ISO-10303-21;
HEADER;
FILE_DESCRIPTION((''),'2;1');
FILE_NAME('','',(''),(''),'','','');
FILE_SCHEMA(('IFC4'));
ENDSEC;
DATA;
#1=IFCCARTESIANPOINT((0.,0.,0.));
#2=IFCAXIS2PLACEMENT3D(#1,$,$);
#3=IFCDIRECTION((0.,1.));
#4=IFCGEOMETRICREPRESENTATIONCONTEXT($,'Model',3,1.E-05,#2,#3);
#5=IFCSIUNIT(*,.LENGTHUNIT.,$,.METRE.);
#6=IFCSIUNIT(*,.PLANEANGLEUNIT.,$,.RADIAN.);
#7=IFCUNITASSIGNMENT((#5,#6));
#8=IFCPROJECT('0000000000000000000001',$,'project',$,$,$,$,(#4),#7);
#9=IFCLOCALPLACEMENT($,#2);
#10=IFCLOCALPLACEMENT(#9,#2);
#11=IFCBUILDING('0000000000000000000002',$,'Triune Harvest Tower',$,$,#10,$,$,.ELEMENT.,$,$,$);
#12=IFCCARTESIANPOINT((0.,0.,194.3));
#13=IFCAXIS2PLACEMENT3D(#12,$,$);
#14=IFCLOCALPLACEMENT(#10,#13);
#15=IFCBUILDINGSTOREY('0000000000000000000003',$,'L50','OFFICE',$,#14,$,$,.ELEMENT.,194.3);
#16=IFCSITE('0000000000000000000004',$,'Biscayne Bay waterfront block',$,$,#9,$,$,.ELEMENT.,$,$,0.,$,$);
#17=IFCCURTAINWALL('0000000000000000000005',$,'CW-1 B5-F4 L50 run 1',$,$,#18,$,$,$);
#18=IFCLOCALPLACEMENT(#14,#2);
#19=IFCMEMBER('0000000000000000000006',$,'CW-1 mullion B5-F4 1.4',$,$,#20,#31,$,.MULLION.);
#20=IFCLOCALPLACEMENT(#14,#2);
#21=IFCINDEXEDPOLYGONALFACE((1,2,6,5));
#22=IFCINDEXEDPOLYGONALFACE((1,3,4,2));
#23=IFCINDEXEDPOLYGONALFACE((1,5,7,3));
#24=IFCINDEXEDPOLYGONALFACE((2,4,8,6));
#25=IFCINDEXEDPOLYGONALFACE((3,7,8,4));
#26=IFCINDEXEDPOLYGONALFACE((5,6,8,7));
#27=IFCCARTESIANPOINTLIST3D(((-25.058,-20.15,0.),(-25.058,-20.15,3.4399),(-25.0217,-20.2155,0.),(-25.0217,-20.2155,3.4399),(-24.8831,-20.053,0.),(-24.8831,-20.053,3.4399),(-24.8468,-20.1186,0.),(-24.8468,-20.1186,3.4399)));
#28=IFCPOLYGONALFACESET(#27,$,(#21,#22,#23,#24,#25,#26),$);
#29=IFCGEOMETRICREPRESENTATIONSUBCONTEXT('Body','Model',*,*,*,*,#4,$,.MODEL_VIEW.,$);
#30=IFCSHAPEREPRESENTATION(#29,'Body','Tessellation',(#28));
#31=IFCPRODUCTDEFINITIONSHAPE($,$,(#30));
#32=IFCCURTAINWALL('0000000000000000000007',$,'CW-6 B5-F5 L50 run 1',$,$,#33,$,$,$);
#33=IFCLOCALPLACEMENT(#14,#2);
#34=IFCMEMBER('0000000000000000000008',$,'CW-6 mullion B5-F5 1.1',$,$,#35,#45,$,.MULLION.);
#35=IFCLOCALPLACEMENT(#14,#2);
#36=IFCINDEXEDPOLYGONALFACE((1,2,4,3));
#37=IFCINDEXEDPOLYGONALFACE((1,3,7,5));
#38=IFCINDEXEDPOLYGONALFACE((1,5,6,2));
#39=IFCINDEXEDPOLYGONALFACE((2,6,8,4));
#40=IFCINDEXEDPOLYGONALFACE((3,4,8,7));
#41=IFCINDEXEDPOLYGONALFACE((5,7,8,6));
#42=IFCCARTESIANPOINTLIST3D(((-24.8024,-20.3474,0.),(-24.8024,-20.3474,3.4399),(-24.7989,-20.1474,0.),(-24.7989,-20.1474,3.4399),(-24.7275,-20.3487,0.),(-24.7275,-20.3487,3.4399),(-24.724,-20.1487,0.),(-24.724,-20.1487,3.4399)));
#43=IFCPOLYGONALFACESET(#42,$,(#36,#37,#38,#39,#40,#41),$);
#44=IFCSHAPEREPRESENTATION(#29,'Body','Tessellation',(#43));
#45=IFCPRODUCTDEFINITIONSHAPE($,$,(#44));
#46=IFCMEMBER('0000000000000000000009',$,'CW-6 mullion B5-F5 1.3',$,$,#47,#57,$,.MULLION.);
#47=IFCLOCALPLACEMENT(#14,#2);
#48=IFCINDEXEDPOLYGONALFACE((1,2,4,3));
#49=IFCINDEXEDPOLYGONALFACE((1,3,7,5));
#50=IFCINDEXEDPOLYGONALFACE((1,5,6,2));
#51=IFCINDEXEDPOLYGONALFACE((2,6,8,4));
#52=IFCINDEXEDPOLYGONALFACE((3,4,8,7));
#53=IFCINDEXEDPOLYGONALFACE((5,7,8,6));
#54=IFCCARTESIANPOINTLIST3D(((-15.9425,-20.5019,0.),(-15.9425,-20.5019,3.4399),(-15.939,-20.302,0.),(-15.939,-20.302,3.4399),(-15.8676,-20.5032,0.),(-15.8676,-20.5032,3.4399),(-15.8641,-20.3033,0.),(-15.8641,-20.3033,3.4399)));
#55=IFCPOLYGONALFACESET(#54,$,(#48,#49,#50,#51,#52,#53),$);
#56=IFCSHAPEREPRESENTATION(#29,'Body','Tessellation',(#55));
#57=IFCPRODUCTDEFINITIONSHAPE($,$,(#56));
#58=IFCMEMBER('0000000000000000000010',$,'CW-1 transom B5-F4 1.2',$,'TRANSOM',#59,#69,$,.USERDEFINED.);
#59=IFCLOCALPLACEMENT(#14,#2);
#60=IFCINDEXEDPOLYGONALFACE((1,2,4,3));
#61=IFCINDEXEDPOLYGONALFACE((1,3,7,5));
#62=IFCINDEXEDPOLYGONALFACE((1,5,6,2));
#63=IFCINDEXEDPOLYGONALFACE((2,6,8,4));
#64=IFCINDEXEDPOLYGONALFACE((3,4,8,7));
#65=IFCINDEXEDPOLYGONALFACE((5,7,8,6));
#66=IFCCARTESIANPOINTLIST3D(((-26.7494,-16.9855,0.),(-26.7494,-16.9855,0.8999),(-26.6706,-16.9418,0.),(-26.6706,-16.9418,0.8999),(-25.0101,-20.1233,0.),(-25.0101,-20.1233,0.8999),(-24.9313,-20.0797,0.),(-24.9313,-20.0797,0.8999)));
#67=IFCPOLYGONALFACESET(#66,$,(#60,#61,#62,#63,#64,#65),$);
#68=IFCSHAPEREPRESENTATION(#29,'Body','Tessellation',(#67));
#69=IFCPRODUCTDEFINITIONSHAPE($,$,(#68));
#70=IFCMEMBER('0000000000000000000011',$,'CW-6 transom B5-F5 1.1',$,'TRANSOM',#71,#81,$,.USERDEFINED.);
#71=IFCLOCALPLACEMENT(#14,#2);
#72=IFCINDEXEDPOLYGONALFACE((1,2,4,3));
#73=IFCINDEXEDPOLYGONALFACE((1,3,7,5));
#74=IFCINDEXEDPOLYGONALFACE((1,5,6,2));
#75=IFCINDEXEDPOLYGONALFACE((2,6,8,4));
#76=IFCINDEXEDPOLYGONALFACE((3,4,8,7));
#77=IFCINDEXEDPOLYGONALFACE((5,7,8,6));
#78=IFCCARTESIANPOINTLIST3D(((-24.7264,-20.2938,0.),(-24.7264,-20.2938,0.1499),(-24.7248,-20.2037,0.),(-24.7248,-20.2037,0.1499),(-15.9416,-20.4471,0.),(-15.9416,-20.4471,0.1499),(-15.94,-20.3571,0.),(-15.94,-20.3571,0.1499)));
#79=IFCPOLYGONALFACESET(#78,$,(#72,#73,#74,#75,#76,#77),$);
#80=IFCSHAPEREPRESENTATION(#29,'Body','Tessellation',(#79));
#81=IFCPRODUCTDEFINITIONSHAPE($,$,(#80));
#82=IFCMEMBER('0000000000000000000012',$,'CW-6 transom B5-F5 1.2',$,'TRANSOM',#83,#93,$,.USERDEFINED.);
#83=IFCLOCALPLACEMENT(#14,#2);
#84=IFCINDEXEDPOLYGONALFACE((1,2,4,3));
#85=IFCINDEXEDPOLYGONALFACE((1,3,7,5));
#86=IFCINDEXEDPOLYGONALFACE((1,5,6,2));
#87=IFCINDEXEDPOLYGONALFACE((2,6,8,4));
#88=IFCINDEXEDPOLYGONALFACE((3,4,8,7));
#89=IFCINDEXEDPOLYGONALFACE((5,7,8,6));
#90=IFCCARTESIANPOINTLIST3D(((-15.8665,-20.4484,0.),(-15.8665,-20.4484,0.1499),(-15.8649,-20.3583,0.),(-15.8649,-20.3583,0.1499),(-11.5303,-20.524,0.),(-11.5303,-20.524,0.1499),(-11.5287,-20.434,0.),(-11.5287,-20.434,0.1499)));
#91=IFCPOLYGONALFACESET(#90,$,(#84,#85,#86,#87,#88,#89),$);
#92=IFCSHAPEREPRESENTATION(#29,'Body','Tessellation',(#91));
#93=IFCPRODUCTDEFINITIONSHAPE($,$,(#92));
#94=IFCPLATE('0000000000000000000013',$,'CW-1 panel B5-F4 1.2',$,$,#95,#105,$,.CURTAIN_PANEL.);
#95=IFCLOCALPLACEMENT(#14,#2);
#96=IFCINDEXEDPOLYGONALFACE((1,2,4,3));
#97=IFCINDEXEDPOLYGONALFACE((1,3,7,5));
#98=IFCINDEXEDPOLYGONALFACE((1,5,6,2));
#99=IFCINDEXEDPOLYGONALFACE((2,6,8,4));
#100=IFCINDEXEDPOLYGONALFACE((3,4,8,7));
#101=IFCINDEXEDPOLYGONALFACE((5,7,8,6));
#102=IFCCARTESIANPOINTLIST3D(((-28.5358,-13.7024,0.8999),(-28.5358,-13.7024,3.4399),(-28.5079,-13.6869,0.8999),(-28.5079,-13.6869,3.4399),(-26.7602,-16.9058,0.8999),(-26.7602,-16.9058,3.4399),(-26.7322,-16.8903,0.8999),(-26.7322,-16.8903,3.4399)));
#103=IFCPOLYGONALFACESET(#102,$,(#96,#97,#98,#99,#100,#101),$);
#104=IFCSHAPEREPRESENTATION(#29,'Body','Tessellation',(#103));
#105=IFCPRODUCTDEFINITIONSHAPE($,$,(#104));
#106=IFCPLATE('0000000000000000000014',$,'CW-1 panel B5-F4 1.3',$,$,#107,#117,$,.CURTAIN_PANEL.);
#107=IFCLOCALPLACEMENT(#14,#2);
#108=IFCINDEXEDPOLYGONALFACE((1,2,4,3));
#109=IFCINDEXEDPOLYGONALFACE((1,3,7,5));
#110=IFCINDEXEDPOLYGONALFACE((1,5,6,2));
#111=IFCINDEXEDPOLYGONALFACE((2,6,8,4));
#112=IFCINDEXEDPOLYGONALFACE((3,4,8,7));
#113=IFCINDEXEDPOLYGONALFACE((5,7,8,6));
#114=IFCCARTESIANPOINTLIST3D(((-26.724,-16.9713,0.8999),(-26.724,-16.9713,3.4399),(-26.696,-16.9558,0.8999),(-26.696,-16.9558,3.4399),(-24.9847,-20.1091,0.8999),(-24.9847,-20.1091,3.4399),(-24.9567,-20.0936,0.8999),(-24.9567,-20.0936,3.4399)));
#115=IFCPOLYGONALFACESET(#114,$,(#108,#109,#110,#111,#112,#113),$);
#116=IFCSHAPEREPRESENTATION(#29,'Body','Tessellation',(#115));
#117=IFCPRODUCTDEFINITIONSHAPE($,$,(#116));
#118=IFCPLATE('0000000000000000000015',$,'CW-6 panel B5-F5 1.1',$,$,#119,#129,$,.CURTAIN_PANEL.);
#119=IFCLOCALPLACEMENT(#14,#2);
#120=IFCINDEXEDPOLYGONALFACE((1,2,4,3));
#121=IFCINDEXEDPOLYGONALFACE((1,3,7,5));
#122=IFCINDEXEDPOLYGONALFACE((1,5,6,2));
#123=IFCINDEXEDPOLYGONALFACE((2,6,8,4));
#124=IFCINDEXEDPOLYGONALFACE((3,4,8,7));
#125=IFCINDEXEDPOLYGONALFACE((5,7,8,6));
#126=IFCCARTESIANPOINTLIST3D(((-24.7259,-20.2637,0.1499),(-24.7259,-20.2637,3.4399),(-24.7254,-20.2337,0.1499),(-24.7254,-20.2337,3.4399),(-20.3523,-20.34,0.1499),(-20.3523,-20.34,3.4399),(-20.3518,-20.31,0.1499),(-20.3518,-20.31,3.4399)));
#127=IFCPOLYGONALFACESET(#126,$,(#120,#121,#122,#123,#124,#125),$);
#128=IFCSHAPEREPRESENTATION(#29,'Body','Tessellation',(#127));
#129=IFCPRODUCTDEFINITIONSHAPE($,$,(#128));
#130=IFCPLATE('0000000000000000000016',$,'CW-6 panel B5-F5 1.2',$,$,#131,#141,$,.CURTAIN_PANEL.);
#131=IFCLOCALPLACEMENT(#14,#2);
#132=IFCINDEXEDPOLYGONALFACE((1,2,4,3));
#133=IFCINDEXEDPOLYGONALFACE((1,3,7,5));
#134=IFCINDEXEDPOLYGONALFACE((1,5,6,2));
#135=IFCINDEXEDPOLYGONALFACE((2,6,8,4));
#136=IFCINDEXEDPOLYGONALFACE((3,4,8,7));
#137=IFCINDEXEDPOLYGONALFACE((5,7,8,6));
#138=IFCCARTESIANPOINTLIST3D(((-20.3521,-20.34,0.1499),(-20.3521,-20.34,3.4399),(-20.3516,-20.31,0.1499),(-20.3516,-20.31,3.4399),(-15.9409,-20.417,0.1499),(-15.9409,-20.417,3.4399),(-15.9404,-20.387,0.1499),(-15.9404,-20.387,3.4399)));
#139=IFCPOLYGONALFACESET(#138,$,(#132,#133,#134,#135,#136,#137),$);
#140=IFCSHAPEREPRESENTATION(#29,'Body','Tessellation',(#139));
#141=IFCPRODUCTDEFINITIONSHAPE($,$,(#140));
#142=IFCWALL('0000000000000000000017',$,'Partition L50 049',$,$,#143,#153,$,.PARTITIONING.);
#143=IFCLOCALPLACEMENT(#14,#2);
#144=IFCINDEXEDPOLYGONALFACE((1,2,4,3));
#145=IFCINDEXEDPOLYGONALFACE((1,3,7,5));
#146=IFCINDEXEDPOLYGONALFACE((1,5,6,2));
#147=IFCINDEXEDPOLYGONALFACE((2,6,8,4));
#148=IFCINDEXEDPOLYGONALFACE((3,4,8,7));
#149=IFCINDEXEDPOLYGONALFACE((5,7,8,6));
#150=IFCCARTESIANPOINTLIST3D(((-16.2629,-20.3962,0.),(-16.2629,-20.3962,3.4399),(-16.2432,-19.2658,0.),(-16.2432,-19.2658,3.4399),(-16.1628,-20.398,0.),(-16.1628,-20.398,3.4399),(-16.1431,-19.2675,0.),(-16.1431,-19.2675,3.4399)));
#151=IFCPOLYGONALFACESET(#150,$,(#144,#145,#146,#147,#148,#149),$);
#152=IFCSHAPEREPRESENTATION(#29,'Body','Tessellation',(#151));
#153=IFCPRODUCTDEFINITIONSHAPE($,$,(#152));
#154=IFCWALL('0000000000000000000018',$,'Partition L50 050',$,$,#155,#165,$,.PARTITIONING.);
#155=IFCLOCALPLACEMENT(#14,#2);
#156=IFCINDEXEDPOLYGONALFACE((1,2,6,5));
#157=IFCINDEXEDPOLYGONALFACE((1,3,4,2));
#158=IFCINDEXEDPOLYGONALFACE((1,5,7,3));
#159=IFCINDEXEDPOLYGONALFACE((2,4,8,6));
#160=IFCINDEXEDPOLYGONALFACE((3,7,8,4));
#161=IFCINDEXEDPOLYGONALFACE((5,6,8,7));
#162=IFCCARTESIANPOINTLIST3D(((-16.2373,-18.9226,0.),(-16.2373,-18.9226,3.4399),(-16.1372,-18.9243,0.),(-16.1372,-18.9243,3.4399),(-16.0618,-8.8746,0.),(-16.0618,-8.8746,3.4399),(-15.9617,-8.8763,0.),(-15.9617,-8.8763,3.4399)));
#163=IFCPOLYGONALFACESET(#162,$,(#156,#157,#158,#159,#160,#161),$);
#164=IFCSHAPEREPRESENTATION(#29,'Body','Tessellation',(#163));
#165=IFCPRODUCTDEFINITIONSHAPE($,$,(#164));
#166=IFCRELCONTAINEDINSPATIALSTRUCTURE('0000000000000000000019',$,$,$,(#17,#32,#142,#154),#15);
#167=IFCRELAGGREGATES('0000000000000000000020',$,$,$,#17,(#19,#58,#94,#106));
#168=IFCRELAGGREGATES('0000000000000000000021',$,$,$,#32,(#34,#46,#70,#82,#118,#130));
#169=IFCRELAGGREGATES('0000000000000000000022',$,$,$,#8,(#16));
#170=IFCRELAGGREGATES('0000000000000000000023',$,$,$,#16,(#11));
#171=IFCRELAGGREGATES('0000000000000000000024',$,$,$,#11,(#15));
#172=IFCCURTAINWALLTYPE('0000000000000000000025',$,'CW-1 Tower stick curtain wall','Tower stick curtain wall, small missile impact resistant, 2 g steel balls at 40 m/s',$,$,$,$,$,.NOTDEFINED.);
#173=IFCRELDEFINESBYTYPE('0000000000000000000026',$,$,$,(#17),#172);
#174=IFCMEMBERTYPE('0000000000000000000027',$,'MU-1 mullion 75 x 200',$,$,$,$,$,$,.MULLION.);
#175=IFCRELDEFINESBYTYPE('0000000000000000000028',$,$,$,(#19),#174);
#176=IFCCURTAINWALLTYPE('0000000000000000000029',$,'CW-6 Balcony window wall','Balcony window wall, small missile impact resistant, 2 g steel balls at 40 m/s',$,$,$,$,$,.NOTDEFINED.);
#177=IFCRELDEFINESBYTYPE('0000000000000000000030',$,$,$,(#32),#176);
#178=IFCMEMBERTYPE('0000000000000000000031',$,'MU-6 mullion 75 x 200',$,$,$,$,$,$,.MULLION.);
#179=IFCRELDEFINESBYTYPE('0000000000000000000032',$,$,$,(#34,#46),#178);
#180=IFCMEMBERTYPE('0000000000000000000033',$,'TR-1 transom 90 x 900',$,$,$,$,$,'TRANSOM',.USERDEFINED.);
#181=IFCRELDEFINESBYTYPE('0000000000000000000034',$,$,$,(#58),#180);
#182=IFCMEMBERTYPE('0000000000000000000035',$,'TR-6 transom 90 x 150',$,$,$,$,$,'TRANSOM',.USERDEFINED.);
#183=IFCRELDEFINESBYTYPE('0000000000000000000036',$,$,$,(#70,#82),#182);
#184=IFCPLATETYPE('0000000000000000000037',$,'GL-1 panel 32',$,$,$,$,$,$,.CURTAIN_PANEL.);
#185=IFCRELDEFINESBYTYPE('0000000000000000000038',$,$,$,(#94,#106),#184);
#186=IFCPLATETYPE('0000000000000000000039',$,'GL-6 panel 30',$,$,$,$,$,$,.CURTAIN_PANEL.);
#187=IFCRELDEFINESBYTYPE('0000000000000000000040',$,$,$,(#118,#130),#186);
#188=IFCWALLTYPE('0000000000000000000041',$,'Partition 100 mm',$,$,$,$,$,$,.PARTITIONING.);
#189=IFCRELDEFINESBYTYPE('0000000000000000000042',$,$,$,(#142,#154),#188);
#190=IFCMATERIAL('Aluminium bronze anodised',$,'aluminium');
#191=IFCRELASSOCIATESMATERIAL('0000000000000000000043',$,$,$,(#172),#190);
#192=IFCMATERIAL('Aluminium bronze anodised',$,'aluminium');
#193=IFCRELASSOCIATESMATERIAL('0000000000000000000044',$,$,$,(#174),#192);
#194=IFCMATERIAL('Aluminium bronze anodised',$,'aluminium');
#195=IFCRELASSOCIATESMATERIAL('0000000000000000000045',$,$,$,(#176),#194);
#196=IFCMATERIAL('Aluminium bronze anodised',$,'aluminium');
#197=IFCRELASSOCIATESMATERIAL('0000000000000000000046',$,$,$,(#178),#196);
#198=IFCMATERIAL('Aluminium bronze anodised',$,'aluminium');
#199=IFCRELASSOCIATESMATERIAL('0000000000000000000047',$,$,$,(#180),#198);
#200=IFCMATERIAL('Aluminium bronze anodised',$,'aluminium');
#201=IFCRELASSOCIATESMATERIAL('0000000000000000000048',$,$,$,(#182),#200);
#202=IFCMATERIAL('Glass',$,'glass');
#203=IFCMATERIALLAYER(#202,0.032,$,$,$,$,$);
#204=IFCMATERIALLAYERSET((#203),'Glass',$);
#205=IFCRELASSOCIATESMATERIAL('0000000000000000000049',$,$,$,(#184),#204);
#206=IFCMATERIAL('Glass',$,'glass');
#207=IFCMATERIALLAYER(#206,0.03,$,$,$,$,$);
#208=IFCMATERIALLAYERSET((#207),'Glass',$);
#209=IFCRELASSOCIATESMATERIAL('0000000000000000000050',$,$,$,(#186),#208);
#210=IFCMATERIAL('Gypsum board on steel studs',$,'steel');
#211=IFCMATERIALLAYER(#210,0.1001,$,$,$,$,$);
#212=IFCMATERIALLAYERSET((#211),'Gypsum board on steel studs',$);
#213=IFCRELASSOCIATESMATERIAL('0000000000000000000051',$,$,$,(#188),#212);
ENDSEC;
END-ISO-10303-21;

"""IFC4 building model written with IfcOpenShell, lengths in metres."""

from ifc_helpers import new_model, si_unit, direction, frame, frame_2d, origin, origin_2d, place, context, subcontext, project, spatial, rectangle, extrude, source, transform, mapped, material, layer, layer_set, material_profile, profile_set, type_object, element, aggregate, save


model = new_model("IFC4")

# Units and contexts
model_context = context("Model", 3, precision=1e-05, world=origin(), true_north=direction((0.0, 1.0)))
body_context = subcontext(model_context, "Body", "Model", "MODEL_VIEW")
ifc_project = project(units=[si_unit("LENGTHUNIT", "METRE"), si_unit("PLANEANGLEUNIT", "RADIAN")], contexts=[model_context])

# Site, building, storey
site_placement = place(None, origin())
site = spatial("IfcSite", under=ifc_project, at=site_placement, Name="Biscayne Bay waterfront block", CompositionType="ELEMENT", RefElevation=0.0)
building_placement = place(site_placement, origin())
building = spatial("IfcBuilding", under=site, at=building_placement, Name="Triune Harvest Tower", CompositionType="ELEMENT")
storey_placement = place(building_placement, frame((0.0, 0.0, 194.3)))
storey = spatial("IfcBuildingStorey", under=building, at=storey_placement, Name="L50", Description="OFFICE", CompositionType="ELEMENT", Elevation=194.3)

# Curtain walls, members
ifc_material_1 = material(Name="Aluminium bronze anodised", Category="aluminium")
curtain_wall_type_1 = type_object("IfcCurtainWallType", Name="CW-1 Tower stick curtain wall", Description="Tower stick curtain wall, small missile impact resistant, 2 g steel balls at 40 m/s", PredefinedType="NOTDEFINED", material=ifc_material_1)
curtain_wall_1_placement = place(storey_placement, origin())
curtain_wall_1 = element("IfcCurtainWall", 1, at=curtain_wall_1_placement, inside=storey, type_object=curtain_wall_type_1, Name="CW-1 B5-F4 L50 run 1")
ifc_material_2 = material(Name="Aluminium bronze anodised", Category="aluminium")
ifc_material_profile_1 = material_profile(ifc_material_2, rectangle(XDim=0.2, YDim=0.075, at=origin_2d()), Name="MU-1 mullion 75 x 200")
ifc_profile_set_1 = profile_set([ifc_material_profile_1], Name="Aluminium bronze anodised")
member_type_1 = type_object("IfcMemberType", Name="MU-1 mullion 75 x 200", PredefinedType="MULLION", material=ifc_profile_set_1)
shared_shape_1 = source(origin(), body_context, "Body", "SweptSolid", [
    extrude(rectangle(XDim=0.2, YDim=0.075, at=origin_2d()), origin(), (0.0, 0.0, 1.0), 3.4399),
])
member_1_placement = place(storey_placement, frame((-24.9524, -20.1343, 0.0), z_axis=(0.0, 0.0, 1.0), x_axis=(0.874624, 0.484802, 0.0)))
member_1 = element("IfcMember", 2, at=member_1_placement, type_object=member_type_1, Name="CW-1 mullion B5-F4 1.4", PredefinedType="MULLION", context=body_context, shape_type="MappedRepresentation", body=[
    mapped(shared_shape_1, transform((0.0, 0.0, 0.0), scale=1.0)),
])
ifc_material_3 = material(Name="Aluminium bronze anodised", Category="aluminium")
curtain_wall_type_2 = type_object("IfcCurtainWallType", Name="CW-6 Balcony window wall", Description="Balcony window wall, small missile impact resistant, 2 g steel balls at 40 m/s", PredefinedType="NOTDEFINED", material=ifc_material_3)
curtain_wall_2_placement = place(storey_placement, origin())
curtain_wall_2 = element("IfcCurtainWall", 3, at=curtain_wall_2_placement, inside=storey, type_object=curtain_wall_type_2, Name="CW-6 B5-F5 L50 run 1")
ifc_material_4 = material(Name="Aluminium bronze anodised", Category="aluminium")
ifc_material_profile_2 = material_profile(ifc_material_4, rectangle(XDim=0.2, YDim=0.075, at=origin_2d()), Name="MU-6 mullion 75 x 200")
ifc_profile_set_2 = profile_set([ifc_material_profile_2], Name="Aluminium bronze anodised")
member_type_2 = type_object("IfcMemberType", Name="MU-6 mullion 75 x 200", PredefinedType="MULLION", material=ifc_profile_set_2)
shared_shape_2 = source(origin(), body_context, "Body", "SweptSolid", [
    extrude(rectangle(XDim=0.2, YDim=0.075, at=origin_2d()), origin(), (0.0, 0.0, 1.0), 3.4399),
])
member_2_placement = place(storey_placement, frame((-24.7632, -20.248, 0.0), z_axis=(0.0, 0.0, 1.0), x_axis=(0.01745, 0.999848, 0.0)))
member_2 = element("IfcMember", 4, at=member_2_placement, type_object=member_type_2, Name="CW-6 mullion B5-F5 1.1", PredefinedType="MULLION", context=body_context, shape_type="MappedRepresentation", body=[
    mapped(shared_shape_2, transform((0.0, 0.0, 0.0), scale=1.0)),
])
member_3_placement = place(storey_placement, frame((-15.9033, -20.4026, 0.0), z_axis=(0.0, 0.0, 1.0), x_axis=(0.01745, 0.999848, 0.0)))
member_3 = element("IfcMember", 5, at=member_3_placement, type_object=member_type_2, Name="CW-6 mullion B5-F5 1.3", PredefinedType="MULLION", context=body_context, shape_type="MappedRepresentation", body=[
    mapped(shared_shape_2, transform((0.0, 0.0, 0.0), scale=1.0)),
])

# Members
ifc_material_5 = material(Name="Aluminium bronze anodised", Category="aluminium")
ifc_material_profile_3 = material_profile(ifc_material_5, rectangle(XDim=0.0901, YDim=0.8999, at=origin_2d()), Name="TR-1 transom 90 x 900")
ifc_profile_set_3 = profile_set([ifc_material_profile_3], Name="Aluminium bronze anodised")
member_type_3 = type_object("IfcMemberType", Name="TR-1 transom 90 x 900", ElementType="TRANSOM", PredefinedType="USERDEFINED", material=ifc_profile_set_3)
shared_shape_3 = source(origin(), body_context, "Body", "SweptSolid", [
    extrude(rectangle(XDim=0.0901, YDim=0.8999, at=origin_2d()), origin(), (0.0, 0.0, 1.0), 3.5876),
])
member_4_placement = place(storey_placement, frame((-26.71, -16.9636, 0.45), z_axis=(0.484782, -0.874635, 0.0), x_axis=(0.874635, 0.484782, 0.0)))
member_4 = element("IfcMember", 6, at=member_4_placement, type_object=member_type_3, Name="CW-1 transom B5-F4 1.2", ObjectType="TRANSOM", PredefinedType="USERDEFINED", context=body_context, shape_type="MappedRepresentation", body=[
    mapped(shared_shape_3, transform((0.0, 0.0, 0.0), scale=1.0)),
])
ifc_material_6 = material(Name="Aluminium bronze anodised", Category="aluminium")
ifc_material_profile_4 = material_profile(ifc_material_6, rectangle(XDim=0.0901, YDim=0.1499, at=origin_2d()), Name="TR-6 transom 90 x 150")
ifc_profile_set_4 = profile_set([ifc_material_profile_4], Name="Aluminium bronze anodised")
member_type_4 = type_object("IfcMemberType", Name="TR-6 transom 90 x 150", ElementType="TRANSOM", PredefinedType="USERDEFINED", material=ifc_profile_set_4)
shared_shape_4 = source(origin(), body_context, "Body", "SweptSolid", [
    extrude(rectangle(XDim=0.0901, YDim=0.1499, at=origin_2d()), origin(), (0.0, 0.0, 1.0), 8.7861),
])
member_5_placement = place(storey_placement, frame((-24.7256, -20.2488, 0.075), z_axis=(0.999848, -0.01745, 0.0), x_axis=(0.01745, 0.999848, 0.0)))
member_5 = element("IfcMember", 7, at=member_5_placement, type_object=member_type_4, Name="CW-6 transom B5-F5 1.1", ObjectType="TRANSOM", PredefinedType="USERDEFINED", context=body_context, shape_type="MappedRepresentation", body=[
    mapped(shared_shape_4, transform((0.0, 0.0, 0.0), scale=1.0)),
])
shared_shape_5 = source(origin(), body_context, "Body", "SweptSolid", [
    extrude(rectangle(XDim=0.0901, YDim=0.1499, at=origin_2d()), origin(), (0.0, 0.0, 1.0), 4.3369),
])
member_6_placement = place(storey_placement, frame((-15.8657, -20.4033, 0.075), z_axis=(0.999848, -0.017451, 0.0), x_axis=(0.017451, 0.999848, 0.0)))
member_6 = element("IfcMember", 8, at=member_6_placement, type_object=member_type_4, Name="CW-6 transom B5-F5 1.2", ObjectType="TRANSOM", PredefinedType="USERDEFINED", context=body_context, shape_type="MappedRepresentation", body=[
    mapped(shared_shape_5, transform((0.0, 0.0, 0.0), scale=1.0)),
])

# Plates
ifc_material_7 = material(Name="Glass", Category="glass")
ifc_layer_1 = layer(ifc_material_7, 0.032)
ifc_layer_set_1 = layer_set([ifc_layer_1], Name="Glass")
plate_type_1 = type_object("IfcPlateType", Name="GL-1 panel 32", PredefinedType="CURTAIN_PANEL", material=ifc_layer_set_1)
shared_shape_6 = source(origin(), body_context, "Body", "SweptSolid", [
    extrude(rectangle(XDim=3.6626, YDim=0.032, at=origin_2d()), origin(), (0.0, 0.0, 1.0), 2.54),
])
plate_1_placement = place(storey_placement, frame((-27.634, -15.2964, 0.8999), z_axis=(0.0, 0.0, 1.0), x_axis=(0.484802, -0.874624, 0.0)))
plate_1 = element("IfcPlate", 9, at=plate_1_placement, type_object=plate_type_1, Name="CW-1 panel B5-F4 1.2", PredefinedType="CURTAIN_PANEL", context=body_context, shape_type="MappedRepresentation", body=[
    mapped(shared_shape_6, transform((0.0, 0.0, 0.0), scale=1.0)),
])
shared_shape_7 = source(origin(), body_context, "Body", "SweptSolid", [
    extrude(rectangle(XDim=3.5876, YDim=0.032, at=origin_2d()), origin(), (0.0, 0.0, 1.0), 2.54),
])
plate_2_placement = place(storey_placement, frame((-25.8403, -18.5325, 0.8999), z_axis=(0.0, 0.0, 1.0), x_axis=(0.484802, -0.874624, 0.0)))
plate_2 = element("IfcPlate", 10, at=plate_2_placement, type_object=plate_type_1, Name="CW-1 panel B5-F4 1.3", PredefinedType="CURTAIN_PANEL", context=body_context, shape_type="MappedRepresentation", body=[
    mapped(shared_shape_7, transform((0.0, 0.0, 0.0), scale=1.0)),
])
aggregate(curtain_wall_1, [member_1, member_4, plate_1, plate_2])
ifc_material_8 = material(Name="Glass", Category="glass")
ifc_layer_2 = layer(ifc_material_8, 0.03)
ifc_layer_set_2 = layer_set([ifc_layer_2], Name="Glass")
plate_type_2 = type_object("IfcPlateType", Name="GL-6 panel 30", PredefinedType="CURTAIN_PANEL", material=ifc_layer_set_2)
shared_shape_8 = source(origin(), body_context, "Body", "SweptSolid", [
    extrude(rectangle(XDim=4.3743, YDim=0.03, at=origin_2d()), origin(), (0.0, 0.0, 1.0), 3.29),
])
plate_3_placement = place(storey_placement, frame((-22.5388, -20.2869, 0.1499), z_axis=(0.0, 0.0, 1.0), x_axis=(0.999848, -0.01745, 0.0)))
plate_3 = element("IfcPlate", 11, at=plate_3_placement, type_object=plate_type_2, Name="CW-6 panel B5-F5 1.1", PredefinedType="CURTAIN_PANEL", context=body_context, shape_type="MappedRepresentation", body=[
    mapped(shared_shape_8, transform((0.0, 0.0, 0.0), scale=1.0)),
])
shared_shape_9 = source(origin(), body_context, "Body", "SweptSolid", [
    extrude(rectangle(XDim=4.4119, YDim=0.03, at=origin_2d()), origin(), (0.0, 0.0, 1.0), 3.29),
])
plate_4_placement = place(storey_placement, frame((-18.1462, -20.3635, 0.1499), z_axis=(0.0, 0.0, 1.0), x_axis=(0.999848, -0.01745, 0.0)))
plate_4 = element("IfcPlate", 12, at=plate_4_placement, type_object=plate_type_2, Name="CW-6 panel B5-F5 1.2", PredefinedType="CURTAIN_PANEL", context=body_context, shape_type="MappedRepresentation", body=[
    mapped(shared_shape_9, transform((0.0, 0.0, 0.0), scale=1.0)),
])
aggregate(curtain_wall_2, [member_2, member_3, member_5, member_6, plate_3, plate_4])

# Walls
ifc_material_9 = material(Name="Gypsum board on steel studs", Category="steel")
ifc_layer_3 = layer(ifc_material_9, 0.1001)
ifc_layer_set_3 = layer_set([ifc_layer_3], Name="Gypsum board on steel studs")
wall_type = type_object("IfcWallType", Name="Partition 100 mm", PredefinedType="PARTITIONING", material=ifc_layer_set_3)
shared_shape_10 = source(origin(), body_context, "Body", "SweptSolid", [
    extrude(rectangle(XDim=1.1306, YDim=0.1001, at=frame_2d((0.5654, 0.0))), origin(), (0.0, 0.0, 1.0), 3.4399),
])
wall_1_placement = place(storey_placement, frame((-16.2129, -20.3972, 0.0), z_axis=(0.0, 0.0, 1.0), x_axis=(0.017492, 0.999847, 0.0)))
element("IfcWall", 13, at=wall_1_placement, inside=storey, type_object=wall_type, Name="Partition L50 049", PredefinedType="PARTITIONING", context=body_context, shape_type="MappedRepresentation", body=[
    mapped(shared_shape_10, transform((0.0, 0.0, 0.0), scale=1.0)),
])
shared_shape_11 = source(origin(), body_context, "Body", "SweptSolid", [
    extrude(rectangle(XDim=10.0496, YDim=0.1001, at=frame_2d((5.0249, 0.0))), origin(), (0.0, 0.0, 1.0), 3.4399),
])
wall_2_placement = place(storey_placement, frame((-16.1873, -18.9236, 0.0), z_axis=(0.0, 0.0, 1.0), x_axis=(0.017467, 0.999847, 0.0)))
element("IfcWall", 14, at=wall_2_placement, inside=storey, type_object=wall_type, Name="Partition L50 050", PredefinedType="PARTITIONING", context=body_context, shape_type="MappedRepresentation", body=[
    mapped(shared_shape_11, transform((0.0, 0.0, 0.0), scale=1.0)),
])

save(model, "model.ifc")
